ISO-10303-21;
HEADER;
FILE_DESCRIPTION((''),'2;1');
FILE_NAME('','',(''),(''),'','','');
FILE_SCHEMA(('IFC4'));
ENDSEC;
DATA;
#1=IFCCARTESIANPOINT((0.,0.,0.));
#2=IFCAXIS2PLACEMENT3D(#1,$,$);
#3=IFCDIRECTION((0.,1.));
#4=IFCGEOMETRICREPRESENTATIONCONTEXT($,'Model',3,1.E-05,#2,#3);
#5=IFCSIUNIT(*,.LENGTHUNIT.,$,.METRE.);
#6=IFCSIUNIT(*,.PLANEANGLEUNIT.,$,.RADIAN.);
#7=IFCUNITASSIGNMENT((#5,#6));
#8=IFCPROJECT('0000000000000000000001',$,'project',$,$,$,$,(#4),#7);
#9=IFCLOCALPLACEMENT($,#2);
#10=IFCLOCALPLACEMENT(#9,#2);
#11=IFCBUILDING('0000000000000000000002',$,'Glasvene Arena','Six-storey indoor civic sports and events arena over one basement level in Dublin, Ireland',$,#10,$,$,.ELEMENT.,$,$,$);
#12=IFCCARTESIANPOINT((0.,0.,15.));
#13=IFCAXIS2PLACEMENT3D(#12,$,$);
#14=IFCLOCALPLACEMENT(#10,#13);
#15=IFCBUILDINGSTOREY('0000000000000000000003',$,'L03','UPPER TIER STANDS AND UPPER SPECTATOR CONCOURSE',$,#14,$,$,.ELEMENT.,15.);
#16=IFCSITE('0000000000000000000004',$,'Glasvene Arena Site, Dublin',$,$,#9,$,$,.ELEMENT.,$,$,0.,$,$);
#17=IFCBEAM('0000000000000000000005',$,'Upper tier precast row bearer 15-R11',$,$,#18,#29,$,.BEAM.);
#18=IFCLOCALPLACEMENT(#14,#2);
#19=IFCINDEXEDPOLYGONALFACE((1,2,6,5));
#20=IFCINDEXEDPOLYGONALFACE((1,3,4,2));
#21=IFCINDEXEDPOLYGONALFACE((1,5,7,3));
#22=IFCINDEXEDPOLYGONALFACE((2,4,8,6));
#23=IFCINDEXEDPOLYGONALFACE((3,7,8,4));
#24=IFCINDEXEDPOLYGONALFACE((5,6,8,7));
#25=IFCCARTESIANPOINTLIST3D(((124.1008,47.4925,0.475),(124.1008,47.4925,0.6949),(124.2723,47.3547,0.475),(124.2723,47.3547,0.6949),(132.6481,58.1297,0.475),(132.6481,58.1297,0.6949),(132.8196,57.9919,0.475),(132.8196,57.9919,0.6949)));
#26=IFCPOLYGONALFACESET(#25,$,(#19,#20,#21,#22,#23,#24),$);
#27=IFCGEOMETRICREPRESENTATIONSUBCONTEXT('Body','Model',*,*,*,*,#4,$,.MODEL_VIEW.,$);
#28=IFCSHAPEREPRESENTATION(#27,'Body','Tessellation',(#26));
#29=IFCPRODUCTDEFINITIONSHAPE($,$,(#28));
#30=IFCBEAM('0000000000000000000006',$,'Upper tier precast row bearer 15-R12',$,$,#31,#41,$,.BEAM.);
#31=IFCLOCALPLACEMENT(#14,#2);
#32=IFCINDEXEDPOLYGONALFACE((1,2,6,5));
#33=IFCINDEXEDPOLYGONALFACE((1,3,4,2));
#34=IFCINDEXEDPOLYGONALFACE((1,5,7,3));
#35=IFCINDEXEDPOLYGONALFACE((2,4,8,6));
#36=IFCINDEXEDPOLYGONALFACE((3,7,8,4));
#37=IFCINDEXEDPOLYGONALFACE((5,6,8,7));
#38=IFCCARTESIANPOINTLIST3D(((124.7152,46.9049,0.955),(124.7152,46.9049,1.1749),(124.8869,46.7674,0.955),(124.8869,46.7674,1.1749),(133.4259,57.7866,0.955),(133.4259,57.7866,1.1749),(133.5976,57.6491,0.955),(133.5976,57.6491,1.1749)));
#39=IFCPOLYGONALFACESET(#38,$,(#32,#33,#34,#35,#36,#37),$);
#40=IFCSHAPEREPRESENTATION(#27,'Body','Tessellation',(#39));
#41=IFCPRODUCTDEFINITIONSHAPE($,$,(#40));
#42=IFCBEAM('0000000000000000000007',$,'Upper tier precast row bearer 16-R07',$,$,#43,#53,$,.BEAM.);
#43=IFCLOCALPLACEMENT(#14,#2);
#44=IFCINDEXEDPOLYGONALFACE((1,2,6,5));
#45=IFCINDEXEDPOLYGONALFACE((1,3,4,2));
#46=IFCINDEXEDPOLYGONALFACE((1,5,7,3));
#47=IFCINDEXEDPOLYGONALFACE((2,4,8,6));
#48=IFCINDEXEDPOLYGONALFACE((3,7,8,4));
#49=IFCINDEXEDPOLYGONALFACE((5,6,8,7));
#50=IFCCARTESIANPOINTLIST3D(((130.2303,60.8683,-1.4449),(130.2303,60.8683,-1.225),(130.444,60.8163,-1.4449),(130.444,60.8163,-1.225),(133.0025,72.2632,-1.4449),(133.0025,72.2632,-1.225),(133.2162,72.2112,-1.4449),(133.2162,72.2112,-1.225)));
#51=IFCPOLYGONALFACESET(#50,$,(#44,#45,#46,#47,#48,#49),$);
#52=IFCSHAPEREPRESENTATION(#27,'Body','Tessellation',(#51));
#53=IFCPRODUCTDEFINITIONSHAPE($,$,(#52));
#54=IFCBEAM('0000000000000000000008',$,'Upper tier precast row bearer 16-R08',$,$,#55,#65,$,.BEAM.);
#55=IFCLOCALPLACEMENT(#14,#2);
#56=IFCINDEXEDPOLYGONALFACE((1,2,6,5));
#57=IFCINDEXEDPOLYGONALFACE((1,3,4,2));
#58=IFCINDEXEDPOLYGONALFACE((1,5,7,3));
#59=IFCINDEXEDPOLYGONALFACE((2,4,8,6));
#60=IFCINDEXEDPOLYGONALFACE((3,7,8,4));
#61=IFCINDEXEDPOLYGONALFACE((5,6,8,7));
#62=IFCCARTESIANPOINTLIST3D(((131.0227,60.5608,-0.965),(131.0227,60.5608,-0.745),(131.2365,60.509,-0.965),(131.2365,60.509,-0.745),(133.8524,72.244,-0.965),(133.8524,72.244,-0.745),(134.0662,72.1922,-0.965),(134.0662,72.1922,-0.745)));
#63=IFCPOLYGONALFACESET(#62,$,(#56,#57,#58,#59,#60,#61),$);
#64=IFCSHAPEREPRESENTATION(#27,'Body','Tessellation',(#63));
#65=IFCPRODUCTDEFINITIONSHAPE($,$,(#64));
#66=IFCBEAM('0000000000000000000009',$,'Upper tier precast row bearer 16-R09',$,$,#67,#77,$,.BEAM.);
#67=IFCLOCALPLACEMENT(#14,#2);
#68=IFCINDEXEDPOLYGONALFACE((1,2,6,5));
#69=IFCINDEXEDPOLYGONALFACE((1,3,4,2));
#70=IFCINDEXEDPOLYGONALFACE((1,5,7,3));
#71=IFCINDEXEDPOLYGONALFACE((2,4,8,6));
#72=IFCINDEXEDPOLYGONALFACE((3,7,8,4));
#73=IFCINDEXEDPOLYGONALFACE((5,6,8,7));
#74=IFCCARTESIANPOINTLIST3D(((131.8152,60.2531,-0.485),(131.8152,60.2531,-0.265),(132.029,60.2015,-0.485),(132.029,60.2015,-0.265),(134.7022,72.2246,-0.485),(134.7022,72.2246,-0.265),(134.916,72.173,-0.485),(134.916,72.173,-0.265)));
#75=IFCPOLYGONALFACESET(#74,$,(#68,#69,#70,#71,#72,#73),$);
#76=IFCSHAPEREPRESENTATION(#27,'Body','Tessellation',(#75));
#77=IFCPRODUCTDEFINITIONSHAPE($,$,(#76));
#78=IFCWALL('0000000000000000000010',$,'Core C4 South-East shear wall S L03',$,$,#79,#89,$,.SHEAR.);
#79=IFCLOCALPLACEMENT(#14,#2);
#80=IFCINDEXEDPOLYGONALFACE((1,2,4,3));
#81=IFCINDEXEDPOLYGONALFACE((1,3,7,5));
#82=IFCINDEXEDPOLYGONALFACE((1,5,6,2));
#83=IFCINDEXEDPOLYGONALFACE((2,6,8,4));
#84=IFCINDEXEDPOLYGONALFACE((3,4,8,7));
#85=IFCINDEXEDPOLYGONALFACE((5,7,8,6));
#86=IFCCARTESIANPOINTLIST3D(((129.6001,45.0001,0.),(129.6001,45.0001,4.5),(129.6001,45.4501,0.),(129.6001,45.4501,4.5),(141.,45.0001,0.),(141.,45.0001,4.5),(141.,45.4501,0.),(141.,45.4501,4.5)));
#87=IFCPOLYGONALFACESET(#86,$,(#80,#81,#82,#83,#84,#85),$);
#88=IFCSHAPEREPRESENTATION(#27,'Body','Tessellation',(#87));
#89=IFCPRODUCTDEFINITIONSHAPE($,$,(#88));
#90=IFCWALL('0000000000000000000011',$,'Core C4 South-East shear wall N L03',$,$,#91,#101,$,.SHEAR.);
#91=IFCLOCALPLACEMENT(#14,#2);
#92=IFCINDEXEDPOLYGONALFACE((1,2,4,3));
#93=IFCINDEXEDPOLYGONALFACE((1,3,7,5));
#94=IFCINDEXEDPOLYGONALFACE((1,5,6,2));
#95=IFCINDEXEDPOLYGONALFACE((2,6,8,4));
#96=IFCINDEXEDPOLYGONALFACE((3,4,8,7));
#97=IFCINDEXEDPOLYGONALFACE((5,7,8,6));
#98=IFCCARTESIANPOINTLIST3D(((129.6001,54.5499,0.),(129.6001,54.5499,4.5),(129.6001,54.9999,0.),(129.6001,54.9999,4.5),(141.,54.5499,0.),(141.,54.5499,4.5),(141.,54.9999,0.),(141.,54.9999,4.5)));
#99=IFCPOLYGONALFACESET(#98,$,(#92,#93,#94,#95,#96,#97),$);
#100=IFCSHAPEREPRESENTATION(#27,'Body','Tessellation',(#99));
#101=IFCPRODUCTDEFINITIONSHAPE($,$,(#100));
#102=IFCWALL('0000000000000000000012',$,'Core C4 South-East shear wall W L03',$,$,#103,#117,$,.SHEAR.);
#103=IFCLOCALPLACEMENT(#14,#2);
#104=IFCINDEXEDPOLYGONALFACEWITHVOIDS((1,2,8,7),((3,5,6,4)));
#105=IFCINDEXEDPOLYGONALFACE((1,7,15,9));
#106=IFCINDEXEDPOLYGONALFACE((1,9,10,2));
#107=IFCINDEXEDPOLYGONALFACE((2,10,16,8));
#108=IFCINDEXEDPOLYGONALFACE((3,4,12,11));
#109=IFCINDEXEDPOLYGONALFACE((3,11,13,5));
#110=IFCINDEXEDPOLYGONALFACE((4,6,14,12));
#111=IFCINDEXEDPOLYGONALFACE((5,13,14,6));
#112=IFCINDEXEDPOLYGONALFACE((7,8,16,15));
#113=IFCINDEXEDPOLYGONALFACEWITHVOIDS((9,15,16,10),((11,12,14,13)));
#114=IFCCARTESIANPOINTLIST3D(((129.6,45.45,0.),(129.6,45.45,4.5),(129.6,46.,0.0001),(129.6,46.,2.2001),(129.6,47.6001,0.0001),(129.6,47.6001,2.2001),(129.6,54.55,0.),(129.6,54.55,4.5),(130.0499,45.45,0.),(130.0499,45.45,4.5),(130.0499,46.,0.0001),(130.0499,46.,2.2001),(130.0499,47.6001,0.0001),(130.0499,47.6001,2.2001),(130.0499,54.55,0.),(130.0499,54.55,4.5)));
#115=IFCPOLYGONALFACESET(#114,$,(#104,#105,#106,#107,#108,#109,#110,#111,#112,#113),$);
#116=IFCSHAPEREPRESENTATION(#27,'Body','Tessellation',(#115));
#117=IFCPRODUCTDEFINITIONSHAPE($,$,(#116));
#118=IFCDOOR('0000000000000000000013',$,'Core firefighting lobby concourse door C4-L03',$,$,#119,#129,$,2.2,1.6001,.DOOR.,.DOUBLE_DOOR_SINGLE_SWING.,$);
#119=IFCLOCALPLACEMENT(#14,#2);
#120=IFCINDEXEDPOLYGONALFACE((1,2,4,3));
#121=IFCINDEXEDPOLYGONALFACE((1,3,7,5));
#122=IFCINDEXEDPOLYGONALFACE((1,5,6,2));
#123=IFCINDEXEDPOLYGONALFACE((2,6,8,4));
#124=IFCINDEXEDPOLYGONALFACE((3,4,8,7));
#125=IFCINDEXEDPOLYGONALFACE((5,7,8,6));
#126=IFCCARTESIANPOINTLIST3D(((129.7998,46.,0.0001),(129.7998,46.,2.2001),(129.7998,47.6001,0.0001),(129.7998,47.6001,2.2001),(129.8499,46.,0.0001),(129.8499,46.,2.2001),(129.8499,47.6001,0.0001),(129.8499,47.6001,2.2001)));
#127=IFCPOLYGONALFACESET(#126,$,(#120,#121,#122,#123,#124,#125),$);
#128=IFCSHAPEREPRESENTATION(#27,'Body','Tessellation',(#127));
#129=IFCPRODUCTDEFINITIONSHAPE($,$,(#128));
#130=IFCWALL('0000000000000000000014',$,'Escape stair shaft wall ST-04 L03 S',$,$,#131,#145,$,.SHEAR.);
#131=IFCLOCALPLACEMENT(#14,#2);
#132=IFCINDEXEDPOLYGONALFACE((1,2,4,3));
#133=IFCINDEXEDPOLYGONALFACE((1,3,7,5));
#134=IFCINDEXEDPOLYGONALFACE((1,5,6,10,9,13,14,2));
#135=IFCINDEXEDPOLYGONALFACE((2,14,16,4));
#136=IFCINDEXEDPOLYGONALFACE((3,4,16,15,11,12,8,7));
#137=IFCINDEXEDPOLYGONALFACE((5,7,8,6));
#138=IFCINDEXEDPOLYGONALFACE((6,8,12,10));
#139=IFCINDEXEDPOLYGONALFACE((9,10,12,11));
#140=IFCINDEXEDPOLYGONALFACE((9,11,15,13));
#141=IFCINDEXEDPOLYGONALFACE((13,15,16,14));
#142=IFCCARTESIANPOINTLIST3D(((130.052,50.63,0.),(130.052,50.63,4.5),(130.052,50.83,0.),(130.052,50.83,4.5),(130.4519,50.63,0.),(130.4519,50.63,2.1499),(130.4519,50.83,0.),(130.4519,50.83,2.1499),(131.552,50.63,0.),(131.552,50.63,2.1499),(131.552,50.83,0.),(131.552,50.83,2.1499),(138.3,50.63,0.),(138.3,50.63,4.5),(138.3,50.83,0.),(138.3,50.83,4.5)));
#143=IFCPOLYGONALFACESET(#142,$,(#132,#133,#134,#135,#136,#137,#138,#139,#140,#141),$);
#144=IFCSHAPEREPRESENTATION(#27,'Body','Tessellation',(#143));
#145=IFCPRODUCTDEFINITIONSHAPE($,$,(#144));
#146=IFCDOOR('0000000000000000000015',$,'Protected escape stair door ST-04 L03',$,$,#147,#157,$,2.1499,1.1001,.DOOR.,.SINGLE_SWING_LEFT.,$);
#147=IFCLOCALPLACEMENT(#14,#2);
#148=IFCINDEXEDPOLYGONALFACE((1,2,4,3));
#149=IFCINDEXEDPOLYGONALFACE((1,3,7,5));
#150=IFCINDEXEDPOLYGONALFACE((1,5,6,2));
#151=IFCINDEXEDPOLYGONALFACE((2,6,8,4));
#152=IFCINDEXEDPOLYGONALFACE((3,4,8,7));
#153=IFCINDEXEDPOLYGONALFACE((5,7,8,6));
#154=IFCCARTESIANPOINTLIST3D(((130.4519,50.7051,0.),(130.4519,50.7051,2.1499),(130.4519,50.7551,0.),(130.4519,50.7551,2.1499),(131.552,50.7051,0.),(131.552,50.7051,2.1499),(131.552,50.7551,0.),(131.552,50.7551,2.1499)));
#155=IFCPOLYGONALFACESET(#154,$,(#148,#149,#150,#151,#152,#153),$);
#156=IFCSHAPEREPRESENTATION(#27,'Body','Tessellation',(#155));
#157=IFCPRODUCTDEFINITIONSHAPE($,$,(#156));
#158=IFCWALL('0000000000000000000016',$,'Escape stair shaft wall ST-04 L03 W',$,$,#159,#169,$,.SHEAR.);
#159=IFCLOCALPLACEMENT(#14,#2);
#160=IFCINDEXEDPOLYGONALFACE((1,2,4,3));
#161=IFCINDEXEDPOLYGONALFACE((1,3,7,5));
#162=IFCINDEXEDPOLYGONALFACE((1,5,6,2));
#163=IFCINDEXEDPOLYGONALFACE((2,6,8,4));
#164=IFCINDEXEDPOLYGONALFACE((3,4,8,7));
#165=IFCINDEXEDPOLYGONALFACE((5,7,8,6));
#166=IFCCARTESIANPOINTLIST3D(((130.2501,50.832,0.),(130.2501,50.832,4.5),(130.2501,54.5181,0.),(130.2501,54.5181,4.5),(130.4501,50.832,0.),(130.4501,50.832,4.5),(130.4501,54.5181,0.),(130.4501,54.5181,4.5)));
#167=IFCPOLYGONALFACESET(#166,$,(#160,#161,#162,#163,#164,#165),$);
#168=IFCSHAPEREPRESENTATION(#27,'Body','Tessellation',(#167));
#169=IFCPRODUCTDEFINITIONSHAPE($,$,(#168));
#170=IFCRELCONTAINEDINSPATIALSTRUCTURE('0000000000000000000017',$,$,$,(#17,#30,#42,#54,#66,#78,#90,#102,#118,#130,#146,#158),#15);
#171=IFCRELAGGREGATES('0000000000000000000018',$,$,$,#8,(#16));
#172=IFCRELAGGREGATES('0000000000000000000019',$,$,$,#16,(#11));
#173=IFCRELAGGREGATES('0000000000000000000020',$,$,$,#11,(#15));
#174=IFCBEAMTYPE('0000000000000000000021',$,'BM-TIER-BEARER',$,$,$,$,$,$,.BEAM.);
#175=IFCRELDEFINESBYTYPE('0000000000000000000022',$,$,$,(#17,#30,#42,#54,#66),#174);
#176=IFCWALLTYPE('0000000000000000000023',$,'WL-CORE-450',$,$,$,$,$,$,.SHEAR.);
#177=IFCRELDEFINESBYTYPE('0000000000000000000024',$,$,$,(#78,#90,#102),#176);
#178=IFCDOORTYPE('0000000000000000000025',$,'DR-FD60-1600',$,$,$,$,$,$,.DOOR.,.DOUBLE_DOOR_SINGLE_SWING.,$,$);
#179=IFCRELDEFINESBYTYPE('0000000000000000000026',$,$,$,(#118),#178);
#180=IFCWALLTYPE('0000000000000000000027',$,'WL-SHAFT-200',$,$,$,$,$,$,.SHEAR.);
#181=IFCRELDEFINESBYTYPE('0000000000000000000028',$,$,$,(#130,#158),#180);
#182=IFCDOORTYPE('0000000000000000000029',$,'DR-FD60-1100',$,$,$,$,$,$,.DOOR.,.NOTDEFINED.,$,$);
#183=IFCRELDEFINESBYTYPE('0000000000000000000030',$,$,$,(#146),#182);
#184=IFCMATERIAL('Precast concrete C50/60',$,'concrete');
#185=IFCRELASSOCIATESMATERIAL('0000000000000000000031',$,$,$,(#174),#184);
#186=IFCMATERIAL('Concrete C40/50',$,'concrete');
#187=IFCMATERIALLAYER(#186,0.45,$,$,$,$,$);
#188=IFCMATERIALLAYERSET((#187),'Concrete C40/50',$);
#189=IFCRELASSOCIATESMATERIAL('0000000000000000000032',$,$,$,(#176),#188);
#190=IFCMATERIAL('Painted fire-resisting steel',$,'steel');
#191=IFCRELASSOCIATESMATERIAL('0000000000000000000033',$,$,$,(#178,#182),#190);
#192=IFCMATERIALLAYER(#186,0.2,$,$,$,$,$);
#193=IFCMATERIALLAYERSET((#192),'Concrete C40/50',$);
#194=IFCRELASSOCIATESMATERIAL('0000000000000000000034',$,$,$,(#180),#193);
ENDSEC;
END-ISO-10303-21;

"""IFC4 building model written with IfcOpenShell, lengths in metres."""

from ifc_helpers import new_model, si_unit, direction, frame, frame_2d, origin, origin_2d, place, context, subcontext, project, spatial, rectangle, extrude, material, layer, layer_set, material_profile, profile_set, type_object, element, fill, save


model = new_model("IFC4")

# Units and contexts
model_context = context("Model", 3, precision=1e-05, world=origin(), true_north=direction((0.0, 1.0)))
body_context = subcontext(model_context, "Body", "Model", "MODEL_VIEW")
ifc_project = project(units=[si_unit("LENGTHUNIT", "METRE"), si_unit("PLANEANGLEUNIT", "RADIAN")], contexts=[model_context])

# Site, building, storey
site_placement = place(None, origin())
site = spatial("IfcSite", under=ifc_project, at=site_placement, Name="Glasvene Arena Site, Dublin", CompositionType="ELEMENT", RefElevation=0.0)
building_placement = place(site_placement, origin())
building = spatial("IfcBuilding", under=site, at=building_placement, Name="Glasvene Arena", Description="Six-storey indoor civic sports and events arena over one basement level in Dublin, Ireland", CompositionType="ELEMENT")
storey_placement = place(building_placement, frame((0.0, 0.0, 15.0)))
storey = spatial("IfcBuildingStorey", under=building, at=storey_placement, Name="L03", Description="UPPER TIER STANDS AND UPPER SPECTATOR CONCOURSE", CompositionType="ELEMENT", Elevation=15.0)

# Beams
ifc_material_1 = material(Name="Precast concrete C50/60", Category="concrete")
ifc_material_profile_1 = material_profile(ifc_material_1, rectangle(XDim=0.22, YDim=0.22, at=origin_2d()), Name="RC 220x220")
ifc_profile_set_1 = profile_set([ifc_material_profile_1], Name="Precast concrete C50/60")
beam_type_1 = type_object("IfcBeamType", Name="BM-TIER-BEARER", PredefinedType="BEAM", material=ifc_profile_set_1)
beam_1_placement = place(storey_placement, frame((124.1865, 47.4236, 0.585), z_axis=(0.626374, 0.779523, 0.0), x_axis=(-0.779523, 0.626374, 0.0)))
element("IfcBeam", 1, at=beam_1_placement, inside=storey, type_object=beam_type_1, Name="Upper tier precast row bearer 15-R11", PredefinedType="BEAM", context=body_context, shape_type="SweptSolid", body=[
    extrude(rectangle(XDim=0.22, YDim=0.22, at=origin_2d()), origin(), (0.0, 0.0, 1.0), 13.6458),
])
beam_2_placement = place(storey_placement, frame((124.801, 46.8362, 1.0649), z_axis=(0.624932, 0.780679, 0.0), x_axis=(-0.780679, 0.624932, 0.0)))
element("IfcBeam", 2, at=beam_2_placement, inside=storey, type_object=beam_type_1, Name="Upper tier precast row bearer 15-R12", PredefinedType="BEAM", context=body_context, shape_type="SweptSolid", body=[
    extrude(rectangle(XDim=0.22, YDim=0.22, at=origin_2d()), origin(), (0.0, 0.0, 1.0), 13.9387),
])
beam_3_placement = place(storey_placement, frame((130.3372, 60.8423, -1.335), z_axis=(0.236388, 0.971659, 0.0), x_axis=(-0.971659, 0.236388, 0.0)))
element("IfcBeam", 3, at=beam_3_placement, inside=storey, type_object=beam_type_1, Name="Upper tier precast row bearer 16-R07", PredefinedType="BEAM", context=body_context, shape_type="SweptSolid", body=[
    extrude(rectangle(XDim=0.22, YDim=0.22, at=origin_2d()), origin(), (0.0, 0.0, 1.0), 11.7273),
])
beam_4_placement = place(storey_placement, frame((131.1296, 60.5349, -0.855), z_axis=(0.23539, 0.971901, 0.0), x_axis=(-0.971901, 0.23539, 0.0)))
element("IfcBeam", 4, at=beam_4_placement, inside=storey, type_object=beam_type_1, Name="Upper tier precast row bearer 16-R08", PredefinedType="BEAM", context=body_context, shape_type="SweptSolid", body=[
    extrude(rectangle(XDim=0.22, YDim=0.22, at=origin_2d()), origin(), (0.0, 0.0, 1.0), 12.021),
])
beam_5_placement = place(storey_placement, frame((131.9221, 60.2273, -0.375), z_axis=(0.234434, 0.972132, 0.0), x_axis=(-0.972132, 0.234434, 0.0)))
element("IfcBeam", 5, at=beam_5_placement, inside=storey, type_object=beam_type_1, Name="Upper tier precast row bearer 16-R09", PredefinedType="BEAM", context=body_context, shape_type="SweptSolid", body=[
    extrude(rectangle(XDim=0.22, YDim=0.22, at=origin_2d()), origin(), (0.0, 0.0, 1.0), 12.3147),
])

# Shared definitions
ifc_material_2 = material(Name="Concrete C40/50", Category="concrete")

# Walls
ifc_layer_1 = layer(ifc_material_2, 0.45)
ifc_layer_set_1 = layer_set([ifc_layer_1], Name="Concrete C40/50")
wall_type_1 = type_object("IfcWallType", Name="WL-CORE-450", PredefinedType="SHEAR", material=ifc_layer_set_1)
for number, where, z_axis, x_axis, name in (
    (6, (129.6001, 45.2251, 0.0), (0.0, 0.0, 1.0), (1.0, 0.0, 0.0), "Core C4 South-East shear wall S L03"),
    (7, (129.6001, 54.7749, 0.0), (0.0, 0.0, 1.0), (1.0, 0.0, 0.0), "Core C4 South-East shear wall N L03"),
):
    element("IfcWall", number, at=place(storey_placement, frame(where, z_axis=z_axis, x_axis=x_axis)), inside=storey, type_object=wall_type_1, Name=name, PredefinedType="SHEAR", context=body_context, shape_type="SweptSolid", body=[
        extrude(rectangle(XDim=11.3999, YDim=0.45, at=frame_2d((5.7, 0.0))), origin(), (0.0, 0.0, 1.0), 4.5),
    ])

# Walls, openings, doors
wall_1_placement = place(storey_placement, frame((129.825, 45.45, 0.0), z_axis=(0.0, 0.0, 1.0), x_axis=(0.0, 1.0, 0.0)))
wall_1 = element("IfcWall", 8, at=wall_1_placement, inside=storey, type_object=wall_type_1, Name="Core C4 South-East shear wall W L03", PredefinedType="SHEAR", context=body_context, shape_type="SweptSolid", body=[
    extrude(rectangle(XDim=9.1001, YDim=0.45, at=frame_2d((4.55, 0.0))), origin(), (0.0, 0.0, 1.0), 4.5),
])
opening_1_placement = place(wall_1_placement, frame((0.55, 0.0, 0.0)))
opening_1 = element("IfcOpeningElement", 9, at=opening_1_placement, cuts=wall_1, PredefinedType="OPENING", context=body_context, shape_type="SweptSolid", body=[
    extrude(rectangle(XDim=1.6001, YDim=2.2, at=frame_2d((0.8, 1.1001))), frame((0.0, 0.2349, 0.0), z_axis=(0.0, -1.0, 0.0), x_axis=(1.0, 0.0, 0.0)), (0.0, 0.0, 1.0), 0.47),
])
ifc_material_3 = material(Name="Painted fire-resisting steel", Category="steel")
door_type_1 = type_object("IfcDoorType", Name="DR-FD60-1600", OperationType="DOUBLE_DOOR_SINGLE_SWING", PredefinedType="DOOR", material=ifc_material_3)
door_1_placement = place(opening_1_placement, frame((1.6001, 0.0, 0.0), z_axis=(0.0, 0.0, 1.0), x_axis=(-1.0, 0.0, 0.0)))
door_1 = element("IfcDoor", 10, at=door_1_placement, inside=storey, type_object=door_type_1, Name="Core firefighting lobby concourse door C4-L03", OperationType="DOUBLE_DOOR_SINGLE_SWING", OverallHeight=2.2, OverallWidth=1.6001, PredefinedType="DOOR", context=body_context, shape_type="SweptSolid", body=[
    extrude(rectangle(XDim=1.6001, YDim=2.2, at=frame_2d((0.8, 1.1001))), frame((0.0, 0.0249, 0.0), z_axis=(0.0, -1.0, 0.0), x_axis=(1.0, 0.0, 0.0)), (0.0, 0.0, 1.0), 0.05),
])
fill(opening_1, door_1)
ifc_layer_2 = layer(ifc_material_2, 0.2)
ifc_layer_set_2 = layer_set([ifc_layer_2], Name="Concrete C40/50")
wall_type_2 = type_object("IfcWallType", Name="WL-SHAFT-200", PredefinedType="SHEAR", material=ifc_layer_set_2)
wall_2_placement = place(storey_placement, frame((130.052, 50.73, 0.0), z_axis=(0.0, 0.0, 1.0), x_axis=(1.0, 0.0, 0.0)))
wall_2 = element("IfcWall", 11, at=wall_2_placement, inside=storey, type_object=wall_type_2, Name="Escape stair shaft wall ST-04 L03 S", PredefinedType="SHEAR", context=body_context, shape_type="SweptSolid", body=[
    extrude(rectangle(XDim=8.248, YDim=0.2, at=frame_2d((4.124, 0.0))), origin(), (0.0, 0.0, 1.0), 4.5),
])
opening_2_placement = place(wall_2_placement, frame((0.3999, 0.0, 0.0)))
opening_2 = element("IfcOpeningElement", 12, at=opening_2_placement, cuts=wall_2, PredefinedType="OPENING", context=body_context, shape_type="SweptSolid", body=[
    extrude(rectangle(XDim=1.1001, YDim=2.1499, at=frame_2d((0.55, 1.075))), frame((0.0, 0.1099, 0.0), z_axis=(0.0, -1.0, 0.0), x_axis=(1.0, 0.0, 0.0)), (0.0, 0.0, 1.0), 0.22),
])
door_type_2 = type_object("IfcDoorType", Name="DR-FD60-1100", OperationType="NOTDEFINED", PredefinedType="DOOR", material=ifc_material_3)
door_2_placement = place(opening_2_placement, frame((1.1001, 0.0, 0.0), z_axis=(0.0, 0.0, 1.0), x_axis=(-1.0, 0.0, 0.0)))
door_2 = element("IfcDoor", 13, at=door_2_placement, inside=storey, type_object=door_type_2, Name="Protected escape stair door ST-04 L03", OperationType="SINGLE_SWING_LEFT", OverallHeight=2.1499, OverallWidth=1.1001, PredefinedType="DOOR", context=body_context, shape_type="SweptSolid", body=[
    extrude(rectangle(XDim=1.1001, YDim=2.1499, at=frame_2d((0.55, 1.075))), frame((0.0, 0.0249, 0.0), z_axis=(0.0, -1.0, 0.0), x_axis=(1.0, 0.0, 0.0)), (0.0, 0.0, 1.0), 0.05),
])
fill(opening_2, door_2)

# Wall
wall_3_placement = place(storey_placement, frame((130.3501, 50.832, 0.0), z_axis=(0.0, 0.0, 1.0), x_axis=(0.0, 1.0, 0.0)))
element("IfcWall", 14, at=wall_3_placement, inside=storey, type_object=wall_type_2, Name="Escape stair shaft wall ST-04 L03 W", PredefinedType="SHEAR", context=body_context, shape_type="SweptSolid", body=[
    extrude(rectangle(XDim=3.686, YDim=0.2, at=frame_2d((1.843, 0.0))), origin(), (0.0, 0.0, 1.0), 4.5),
])

save(model, "model.ifc")
